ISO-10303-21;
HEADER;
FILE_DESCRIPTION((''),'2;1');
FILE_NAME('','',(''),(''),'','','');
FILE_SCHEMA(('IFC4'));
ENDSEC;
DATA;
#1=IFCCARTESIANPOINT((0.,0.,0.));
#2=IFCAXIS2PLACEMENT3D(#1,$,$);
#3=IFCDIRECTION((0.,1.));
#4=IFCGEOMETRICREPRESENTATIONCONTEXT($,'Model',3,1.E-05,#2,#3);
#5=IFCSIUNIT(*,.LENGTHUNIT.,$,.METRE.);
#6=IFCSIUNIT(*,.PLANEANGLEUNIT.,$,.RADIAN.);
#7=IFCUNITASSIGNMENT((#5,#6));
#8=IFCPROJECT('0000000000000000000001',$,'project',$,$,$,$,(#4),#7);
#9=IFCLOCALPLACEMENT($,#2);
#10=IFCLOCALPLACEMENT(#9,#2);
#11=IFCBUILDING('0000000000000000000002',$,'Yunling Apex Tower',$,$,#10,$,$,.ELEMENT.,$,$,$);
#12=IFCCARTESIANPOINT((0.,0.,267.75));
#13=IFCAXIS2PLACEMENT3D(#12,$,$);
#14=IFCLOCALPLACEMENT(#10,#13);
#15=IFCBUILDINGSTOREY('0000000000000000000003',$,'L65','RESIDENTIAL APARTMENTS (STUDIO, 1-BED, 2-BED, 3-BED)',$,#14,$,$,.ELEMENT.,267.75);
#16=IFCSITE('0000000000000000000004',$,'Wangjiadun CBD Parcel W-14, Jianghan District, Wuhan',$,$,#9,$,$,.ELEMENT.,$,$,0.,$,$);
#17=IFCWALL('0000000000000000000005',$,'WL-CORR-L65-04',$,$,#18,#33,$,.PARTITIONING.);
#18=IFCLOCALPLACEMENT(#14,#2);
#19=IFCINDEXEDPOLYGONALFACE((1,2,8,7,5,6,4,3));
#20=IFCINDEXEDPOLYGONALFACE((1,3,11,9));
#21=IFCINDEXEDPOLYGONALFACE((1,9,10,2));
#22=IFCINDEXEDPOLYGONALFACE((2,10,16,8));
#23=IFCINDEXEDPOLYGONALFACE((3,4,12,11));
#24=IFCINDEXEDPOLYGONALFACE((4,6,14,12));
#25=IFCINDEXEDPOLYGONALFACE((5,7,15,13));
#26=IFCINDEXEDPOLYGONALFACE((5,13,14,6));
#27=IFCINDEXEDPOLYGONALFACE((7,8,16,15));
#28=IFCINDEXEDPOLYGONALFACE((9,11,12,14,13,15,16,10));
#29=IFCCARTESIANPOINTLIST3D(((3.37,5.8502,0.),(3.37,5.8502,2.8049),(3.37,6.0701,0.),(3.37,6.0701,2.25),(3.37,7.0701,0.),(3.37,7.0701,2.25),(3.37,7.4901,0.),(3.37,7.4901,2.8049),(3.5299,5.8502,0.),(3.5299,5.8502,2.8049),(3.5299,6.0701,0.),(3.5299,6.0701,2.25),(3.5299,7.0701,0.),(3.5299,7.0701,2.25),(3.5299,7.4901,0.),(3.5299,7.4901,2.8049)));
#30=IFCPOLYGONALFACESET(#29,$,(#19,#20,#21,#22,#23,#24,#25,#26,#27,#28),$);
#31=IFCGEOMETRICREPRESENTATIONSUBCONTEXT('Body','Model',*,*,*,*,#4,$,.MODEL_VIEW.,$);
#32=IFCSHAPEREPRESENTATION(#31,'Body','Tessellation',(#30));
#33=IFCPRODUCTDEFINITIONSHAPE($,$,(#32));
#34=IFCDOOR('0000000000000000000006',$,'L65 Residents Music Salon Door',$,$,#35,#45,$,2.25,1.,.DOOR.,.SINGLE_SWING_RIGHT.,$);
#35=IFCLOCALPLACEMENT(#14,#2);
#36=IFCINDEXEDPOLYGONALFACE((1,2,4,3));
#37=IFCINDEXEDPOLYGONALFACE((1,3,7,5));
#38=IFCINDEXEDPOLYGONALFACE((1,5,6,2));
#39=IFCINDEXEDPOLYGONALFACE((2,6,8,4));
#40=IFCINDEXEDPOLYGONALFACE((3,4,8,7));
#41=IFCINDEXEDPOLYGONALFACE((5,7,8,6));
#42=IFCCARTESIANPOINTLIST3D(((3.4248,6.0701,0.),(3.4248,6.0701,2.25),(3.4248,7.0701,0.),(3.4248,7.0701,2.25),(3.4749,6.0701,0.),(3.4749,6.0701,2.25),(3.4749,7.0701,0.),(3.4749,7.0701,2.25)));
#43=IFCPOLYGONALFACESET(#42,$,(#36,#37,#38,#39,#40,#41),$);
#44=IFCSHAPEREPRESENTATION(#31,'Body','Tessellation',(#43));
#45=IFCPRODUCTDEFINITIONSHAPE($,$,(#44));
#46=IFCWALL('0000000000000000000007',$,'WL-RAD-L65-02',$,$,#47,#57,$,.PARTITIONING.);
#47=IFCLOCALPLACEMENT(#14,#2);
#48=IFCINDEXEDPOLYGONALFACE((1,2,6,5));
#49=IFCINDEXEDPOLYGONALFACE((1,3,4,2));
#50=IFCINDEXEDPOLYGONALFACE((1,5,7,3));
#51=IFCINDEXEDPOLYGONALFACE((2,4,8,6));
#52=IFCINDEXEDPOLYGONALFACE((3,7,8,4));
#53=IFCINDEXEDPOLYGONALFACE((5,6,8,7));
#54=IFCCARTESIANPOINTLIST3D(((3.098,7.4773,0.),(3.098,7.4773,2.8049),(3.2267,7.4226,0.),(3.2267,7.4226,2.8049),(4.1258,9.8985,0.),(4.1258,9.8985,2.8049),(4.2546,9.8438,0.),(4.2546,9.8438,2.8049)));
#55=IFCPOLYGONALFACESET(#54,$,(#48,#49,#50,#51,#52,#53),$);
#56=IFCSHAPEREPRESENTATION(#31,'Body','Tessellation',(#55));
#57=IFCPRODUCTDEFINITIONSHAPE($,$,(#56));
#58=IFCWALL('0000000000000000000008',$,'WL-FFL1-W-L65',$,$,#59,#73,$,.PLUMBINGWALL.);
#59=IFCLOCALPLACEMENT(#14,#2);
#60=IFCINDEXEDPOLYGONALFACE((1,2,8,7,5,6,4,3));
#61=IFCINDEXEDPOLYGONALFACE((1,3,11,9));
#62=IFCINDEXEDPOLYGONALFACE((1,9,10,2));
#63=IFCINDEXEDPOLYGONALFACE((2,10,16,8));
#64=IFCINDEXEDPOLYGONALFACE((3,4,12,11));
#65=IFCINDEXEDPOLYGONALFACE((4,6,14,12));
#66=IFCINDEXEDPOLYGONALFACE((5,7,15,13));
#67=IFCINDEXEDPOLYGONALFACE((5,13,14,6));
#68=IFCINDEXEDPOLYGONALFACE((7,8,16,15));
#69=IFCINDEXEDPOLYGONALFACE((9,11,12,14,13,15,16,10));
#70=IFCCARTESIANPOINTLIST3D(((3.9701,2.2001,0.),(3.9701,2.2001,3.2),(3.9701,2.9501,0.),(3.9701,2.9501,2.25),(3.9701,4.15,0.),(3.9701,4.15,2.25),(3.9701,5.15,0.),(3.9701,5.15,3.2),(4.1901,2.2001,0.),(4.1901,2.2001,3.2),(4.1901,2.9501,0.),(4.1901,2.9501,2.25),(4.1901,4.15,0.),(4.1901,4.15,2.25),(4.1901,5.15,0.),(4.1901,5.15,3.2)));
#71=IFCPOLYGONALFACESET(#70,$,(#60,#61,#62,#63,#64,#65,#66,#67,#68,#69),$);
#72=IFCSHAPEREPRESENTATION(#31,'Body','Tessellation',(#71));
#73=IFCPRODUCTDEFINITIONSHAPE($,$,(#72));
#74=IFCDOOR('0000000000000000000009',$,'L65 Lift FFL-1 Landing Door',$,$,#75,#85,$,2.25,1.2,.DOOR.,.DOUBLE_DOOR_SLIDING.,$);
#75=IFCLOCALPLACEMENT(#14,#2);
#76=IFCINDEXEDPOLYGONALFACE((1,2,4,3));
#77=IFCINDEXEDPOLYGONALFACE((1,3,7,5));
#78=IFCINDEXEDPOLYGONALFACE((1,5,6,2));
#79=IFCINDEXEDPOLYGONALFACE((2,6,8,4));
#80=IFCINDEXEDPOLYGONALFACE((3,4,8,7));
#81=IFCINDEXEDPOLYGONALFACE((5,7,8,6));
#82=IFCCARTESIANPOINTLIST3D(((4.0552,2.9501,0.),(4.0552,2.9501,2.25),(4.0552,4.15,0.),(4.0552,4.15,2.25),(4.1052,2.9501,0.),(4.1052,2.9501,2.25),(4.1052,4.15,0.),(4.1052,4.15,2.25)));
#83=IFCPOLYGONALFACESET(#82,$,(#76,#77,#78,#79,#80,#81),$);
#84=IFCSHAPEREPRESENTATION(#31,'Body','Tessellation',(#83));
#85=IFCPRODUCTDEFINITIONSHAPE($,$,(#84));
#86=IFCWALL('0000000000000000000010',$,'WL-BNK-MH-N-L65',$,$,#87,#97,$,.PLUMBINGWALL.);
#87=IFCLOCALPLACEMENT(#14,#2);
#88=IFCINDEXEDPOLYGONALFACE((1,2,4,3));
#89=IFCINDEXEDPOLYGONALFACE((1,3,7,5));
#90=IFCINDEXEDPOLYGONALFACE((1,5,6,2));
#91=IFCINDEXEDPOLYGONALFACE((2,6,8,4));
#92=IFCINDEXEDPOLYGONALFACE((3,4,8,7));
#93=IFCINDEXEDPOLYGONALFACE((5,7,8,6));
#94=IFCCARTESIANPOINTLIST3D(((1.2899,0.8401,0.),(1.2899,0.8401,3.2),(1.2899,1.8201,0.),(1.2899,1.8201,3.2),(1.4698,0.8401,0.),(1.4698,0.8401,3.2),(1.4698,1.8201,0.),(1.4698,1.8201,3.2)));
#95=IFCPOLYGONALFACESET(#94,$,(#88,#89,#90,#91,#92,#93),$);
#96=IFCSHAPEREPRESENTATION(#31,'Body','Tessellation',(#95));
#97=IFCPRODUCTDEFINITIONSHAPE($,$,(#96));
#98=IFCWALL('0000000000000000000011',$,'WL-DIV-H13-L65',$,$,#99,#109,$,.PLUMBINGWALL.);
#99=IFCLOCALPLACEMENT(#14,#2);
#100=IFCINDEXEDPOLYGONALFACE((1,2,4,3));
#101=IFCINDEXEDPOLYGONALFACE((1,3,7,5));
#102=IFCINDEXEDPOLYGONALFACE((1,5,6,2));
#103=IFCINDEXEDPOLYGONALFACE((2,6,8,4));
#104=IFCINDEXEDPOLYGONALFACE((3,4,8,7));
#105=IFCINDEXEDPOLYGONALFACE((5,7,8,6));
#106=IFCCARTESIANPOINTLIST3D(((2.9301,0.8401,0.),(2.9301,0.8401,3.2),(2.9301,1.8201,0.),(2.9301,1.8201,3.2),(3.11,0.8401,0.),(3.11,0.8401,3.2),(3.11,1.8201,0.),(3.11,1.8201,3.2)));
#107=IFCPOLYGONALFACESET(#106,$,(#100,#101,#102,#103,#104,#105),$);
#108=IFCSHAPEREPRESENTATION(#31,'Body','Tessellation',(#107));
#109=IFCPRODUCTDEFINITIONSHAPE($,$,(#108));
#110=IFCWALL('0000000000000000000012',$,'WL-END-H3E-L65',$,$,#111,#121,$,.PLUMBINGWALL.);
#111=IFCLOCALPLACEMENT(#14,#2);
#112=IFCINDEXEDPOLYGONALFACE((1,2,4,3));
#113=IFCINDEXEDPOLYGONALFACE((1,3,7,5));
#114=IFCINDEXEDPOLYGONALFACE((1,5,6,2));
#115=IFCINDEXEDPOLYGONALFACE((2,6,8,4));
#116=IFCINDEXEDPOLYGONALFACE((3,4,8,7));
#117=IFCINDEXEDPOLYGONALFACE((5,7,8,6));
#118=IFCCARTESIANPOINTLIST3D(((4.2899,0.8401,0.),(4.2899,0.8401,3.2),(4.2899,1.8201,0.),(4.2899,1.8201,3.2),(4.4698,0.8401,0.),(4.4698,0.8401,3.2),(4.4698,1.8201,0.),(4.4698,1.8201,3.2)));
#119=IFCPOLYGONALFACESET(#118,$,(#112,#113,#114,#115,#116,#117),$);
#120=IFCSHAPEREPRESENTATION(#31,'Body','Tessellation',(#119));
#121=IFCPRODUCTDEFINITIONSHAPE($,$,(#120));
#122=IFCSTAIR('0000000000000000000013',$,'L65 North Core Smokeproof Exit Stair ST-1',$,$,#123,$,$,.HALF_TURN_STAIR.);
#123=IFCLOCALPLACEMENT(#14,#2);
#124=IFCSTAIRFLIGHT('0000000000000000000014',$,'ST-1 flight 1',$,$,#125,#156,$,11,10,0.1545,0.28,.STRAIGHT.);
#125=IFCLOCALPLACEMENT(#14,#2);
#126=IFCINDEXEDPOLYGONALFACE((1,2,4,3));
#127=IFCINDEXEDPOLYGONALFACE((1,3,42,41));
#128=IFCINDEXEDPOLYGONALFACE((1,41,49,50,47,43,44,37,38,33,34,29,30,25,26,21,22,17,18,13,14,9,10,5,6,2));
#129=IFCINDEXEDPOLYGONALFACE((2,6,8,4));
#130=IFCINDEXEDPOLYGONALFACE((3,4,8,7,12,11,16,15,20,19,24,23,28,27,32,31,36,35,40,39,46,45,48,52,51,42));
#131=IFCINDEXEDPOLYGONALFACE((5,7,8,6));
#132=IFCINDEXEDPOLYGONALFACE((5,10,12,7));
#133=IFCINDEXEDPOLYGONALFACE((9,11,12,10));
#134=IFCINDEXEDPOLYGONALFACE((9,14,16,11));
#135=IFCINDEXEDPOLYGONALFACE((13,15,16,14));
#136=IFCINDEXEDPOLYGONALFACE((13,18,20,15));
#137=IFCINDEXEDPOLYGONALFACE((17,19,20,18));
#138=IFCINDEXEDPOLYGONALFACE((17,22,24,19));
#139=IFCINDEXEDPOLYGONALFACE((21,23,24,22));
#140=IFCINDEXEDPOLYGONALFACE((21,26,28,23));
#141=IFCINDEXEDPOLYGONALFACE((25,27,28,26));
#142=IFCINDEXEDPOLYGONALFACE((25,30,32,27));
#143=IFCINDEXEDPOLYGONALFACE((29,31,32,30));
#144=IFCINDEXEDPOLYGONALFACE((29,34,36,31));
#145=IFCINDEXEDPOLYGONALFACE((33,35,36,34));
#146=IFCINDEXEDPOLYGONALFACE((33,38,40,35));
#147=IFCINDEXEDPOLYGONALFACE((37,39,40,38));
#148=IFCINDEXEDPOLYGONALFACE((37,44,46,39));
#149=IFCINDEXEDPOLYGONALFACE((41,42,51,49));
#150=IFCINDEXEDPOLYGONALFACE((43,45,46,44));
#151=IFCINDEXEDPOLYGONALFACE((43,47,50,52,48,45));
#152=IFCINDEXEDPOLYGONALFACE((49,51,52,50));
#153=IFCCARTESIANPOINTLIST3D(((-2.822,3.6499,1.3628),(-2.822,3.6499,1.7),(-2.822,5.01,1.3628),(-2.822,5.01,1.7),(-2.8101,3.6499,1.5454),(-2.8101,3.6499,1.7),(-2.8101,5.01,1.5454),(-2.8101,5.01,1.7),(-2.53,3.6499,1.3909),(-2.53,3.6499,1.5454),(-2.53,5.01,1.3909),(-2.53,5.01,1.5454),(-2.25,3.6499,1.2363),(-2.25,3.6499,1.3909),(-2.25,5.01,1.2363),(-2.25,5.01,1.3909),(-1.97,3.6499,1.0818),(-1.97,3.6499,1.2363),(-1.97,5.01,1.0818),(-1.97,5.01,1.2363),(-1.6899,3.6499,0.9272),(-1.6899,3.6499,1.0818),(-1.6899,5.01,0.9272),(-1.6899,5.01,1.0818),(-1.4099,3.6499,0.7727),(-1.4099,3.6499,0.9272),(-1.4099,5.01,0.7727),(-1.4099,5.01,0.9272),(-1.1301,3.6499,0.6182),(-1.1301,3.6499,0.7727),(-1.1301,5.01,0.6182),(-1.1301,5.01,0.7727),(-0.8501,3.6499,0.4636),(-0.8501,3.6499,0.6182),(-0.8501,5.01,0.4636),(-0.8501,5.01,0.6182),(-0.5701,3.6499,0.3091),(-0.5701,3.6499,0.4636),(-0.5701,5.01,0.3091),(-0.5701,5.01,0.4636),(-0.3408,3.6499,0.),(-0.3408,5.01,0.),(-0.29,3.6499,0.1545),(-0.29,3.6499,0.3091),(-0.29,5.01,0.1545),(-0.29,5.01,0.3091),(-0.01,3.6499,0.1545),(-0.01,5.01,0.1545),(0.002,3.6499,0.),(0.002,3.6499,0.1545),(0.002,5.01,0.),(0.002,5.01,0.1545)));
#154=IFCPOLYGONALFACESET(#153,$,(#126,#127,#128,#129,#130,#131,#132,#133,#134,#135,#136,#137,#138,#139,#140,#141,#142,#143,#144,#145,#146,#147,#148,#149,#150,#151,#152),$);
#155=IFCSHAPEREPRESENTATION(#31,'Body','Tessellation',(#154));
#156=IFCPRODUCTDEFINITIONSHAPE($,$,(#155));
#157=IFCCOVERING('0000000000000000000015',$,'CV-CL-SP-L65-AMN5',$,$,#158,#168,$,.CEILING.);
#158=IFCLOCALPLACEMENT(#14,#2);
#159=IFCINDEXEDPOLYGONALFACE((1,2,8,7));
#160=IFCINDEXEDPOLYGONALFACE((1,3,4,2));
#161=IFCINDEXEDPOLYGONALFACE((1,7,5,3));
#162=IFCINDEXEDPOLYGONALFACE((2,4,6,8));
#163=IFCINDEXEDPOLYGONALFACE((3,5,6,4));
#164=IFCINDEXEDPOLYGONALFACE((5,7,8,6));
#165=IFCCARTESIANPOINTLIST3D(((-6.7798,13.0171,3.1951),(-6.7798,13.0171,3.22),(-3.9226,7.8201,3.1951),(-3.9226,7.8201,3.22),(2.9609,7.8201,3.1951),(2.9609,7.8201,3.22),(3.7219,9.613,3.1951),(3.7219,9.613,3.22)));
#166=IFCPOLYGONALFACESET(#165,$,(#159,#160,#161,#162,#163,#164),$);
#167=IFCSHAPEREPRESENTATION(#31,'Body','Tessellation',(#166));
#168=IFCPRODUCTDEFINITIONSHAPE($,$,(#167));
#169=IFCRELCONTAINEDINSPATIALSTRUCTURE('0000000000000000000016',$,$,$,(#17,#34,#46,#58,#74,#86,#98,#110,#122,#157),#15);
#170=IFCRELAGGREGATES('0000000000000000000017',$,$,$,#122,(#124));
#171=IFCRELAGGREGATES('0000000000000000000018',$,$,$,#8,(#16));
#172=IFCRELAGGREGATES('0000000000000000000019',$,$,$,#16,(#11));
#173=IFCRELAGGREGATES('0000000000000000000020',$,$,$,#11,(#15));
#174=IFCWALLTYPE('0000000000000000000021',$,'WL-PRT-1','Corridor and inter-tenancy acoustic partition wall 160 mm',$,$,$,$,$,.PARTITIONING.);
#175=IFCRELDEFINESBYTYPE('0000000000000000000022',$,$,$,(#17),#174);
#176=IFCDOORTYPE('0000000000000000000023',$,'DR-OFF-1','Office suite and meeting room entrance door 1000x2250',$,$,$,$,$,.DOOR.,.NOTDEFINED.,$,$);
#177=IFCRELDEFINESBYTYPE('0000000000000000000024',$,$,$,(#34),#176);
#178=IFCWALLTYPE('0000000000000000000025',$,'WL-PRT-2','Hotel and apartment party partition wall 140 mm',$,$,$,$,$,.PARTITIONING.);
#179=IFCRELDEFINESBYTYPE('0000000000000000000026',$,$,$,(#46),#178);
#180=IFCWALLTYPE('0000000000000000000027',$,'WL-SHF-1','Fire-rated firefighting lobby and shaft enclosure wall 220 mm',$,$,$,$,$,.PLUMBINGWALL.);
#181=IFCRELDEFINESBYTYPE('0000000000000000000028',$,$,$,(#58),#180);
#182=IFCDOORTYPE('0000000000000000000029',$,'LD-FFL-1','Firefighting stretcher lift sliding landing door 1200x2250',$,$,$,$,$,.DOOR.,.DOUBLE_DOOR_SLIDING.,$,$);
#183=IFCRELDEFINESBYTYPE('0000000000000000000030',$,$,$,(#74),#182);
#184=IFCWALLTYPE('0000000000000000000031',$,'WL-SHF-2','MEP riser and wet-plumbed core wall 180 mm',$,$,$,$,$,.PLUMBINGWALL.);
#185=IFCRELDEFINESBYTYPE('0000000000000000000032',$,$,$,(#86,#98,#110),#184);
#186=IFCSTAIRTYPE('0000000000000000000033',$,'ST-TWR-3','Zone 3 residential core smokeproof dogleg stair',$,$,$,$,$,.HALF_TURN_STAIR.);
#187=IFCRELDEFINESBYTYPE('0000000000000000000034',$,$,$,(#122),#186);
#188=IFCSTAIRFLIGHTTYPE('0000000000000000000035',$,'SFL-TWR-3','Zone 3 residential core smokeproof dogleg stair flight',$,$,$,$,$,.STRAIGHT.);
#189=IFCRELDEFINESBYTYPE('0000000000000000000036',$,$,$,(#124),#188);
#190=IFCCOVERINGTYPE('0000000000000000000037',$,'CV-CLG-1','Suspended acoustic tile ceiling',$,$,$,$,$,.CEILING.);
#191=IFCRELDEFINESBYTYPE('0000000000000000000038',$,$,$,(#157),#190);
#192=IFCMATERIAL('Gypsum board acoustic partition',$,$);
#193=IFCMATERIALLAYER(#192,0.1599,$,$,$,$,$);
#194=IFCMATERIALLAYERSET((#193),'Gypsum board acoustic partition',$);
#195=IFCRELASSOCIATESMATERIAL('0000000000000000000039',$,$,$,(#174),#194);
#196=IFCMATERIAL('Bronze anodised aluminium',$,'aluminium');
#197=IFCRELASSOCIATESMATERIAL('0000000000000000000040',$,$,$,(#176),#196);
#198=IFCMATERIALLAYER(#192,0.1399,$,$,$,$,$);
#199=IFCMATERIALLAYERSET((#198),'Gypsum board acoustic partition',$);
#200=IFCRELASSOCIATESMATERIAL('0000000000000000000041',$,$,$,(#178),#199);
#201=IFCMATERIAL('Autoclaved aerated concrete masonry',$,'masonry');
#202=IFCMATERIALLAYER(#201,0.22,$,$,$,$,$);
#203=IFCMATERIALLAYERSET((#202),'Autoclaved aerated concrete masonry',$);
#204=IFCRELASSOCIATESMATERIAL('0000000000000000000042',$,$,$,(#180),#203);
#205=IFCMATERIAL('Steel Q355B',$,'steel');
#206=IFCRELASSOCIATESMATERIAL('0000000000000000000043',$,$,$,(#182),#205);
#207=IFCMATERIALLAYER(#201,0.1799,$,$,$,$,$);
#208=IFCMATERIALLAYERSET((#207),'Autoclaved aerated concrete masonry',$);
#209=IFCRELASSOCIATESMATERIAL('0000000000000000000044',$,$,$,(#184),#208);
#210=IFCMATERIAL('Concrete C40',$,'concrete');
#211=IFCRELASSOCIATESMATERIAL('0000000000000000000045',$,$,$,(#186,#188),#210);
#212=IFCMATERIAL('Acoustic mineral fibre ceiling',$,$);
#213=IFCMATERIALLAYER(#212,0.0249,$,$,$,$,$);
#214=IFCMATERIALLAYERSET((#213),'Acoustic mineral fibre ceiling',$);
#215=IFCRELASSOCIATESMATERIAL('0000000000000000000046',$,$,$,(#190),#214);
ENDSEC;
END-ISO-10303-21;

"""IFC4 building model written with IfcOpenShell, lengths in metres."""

from ifc_helpers import new_model, si_unit, direction, frame, frame_2d, origin, place, context, subcontext, project, spatial, polyline, rectangle, outline, extrude, material, layer, layer_set, type_object, element, fill, aggregate, save


model = new_model("IFC4")

# Units and contexts
model_context = context("Model", 3, precision=1e-05, world=origin(), true_north=direction((0.0, 1.0)))
body_context = subcontext(model_context, "Body", "Model", "MODEL_VIEW")
ifc_project = project(units=[si_unit("LENGTHUNIT", "METRE"), si_unit("PLANEANGLEUNIT", "RADIAN")], contexts=[model_context])

# Site, building, storey
site_placement = place(None, origin())
site = spatial("IfcSite", under=ifc_project, at=site_placement, Name="Wangjiadun CBD Parcel W-14, Jianghan District, Wuhan", CompositionType="ELEMENT", RefElevation=0.0)
building_placement = place(site_placement, origin())
building = spatial("IfcBuilding", under=site, at=building_placement, Name="Yunling Apex Tower", CompositionType="ELEMENT")
storey_placement = place(building_placement, frame((0.0, 0.0, 267.75)))
storey = spatial("IfcBuildingStorey", under=building, at=storey_placement, Name="L65", Description="RESIDENTIAL APARTMENTS (STUDIO, 1-BED, 2-BED, 3-BED)", CompositionType="ELEMENT", Elevation=267.75)

# Shared definitions
ifc_material_1 = material(Name="Steel Q355B", Category="steel")

# Shared definitions
ifc_material_2 = material(Name="Bronze anodised aluminium", Category="aluminium")

# Shared definitions
ifc_material_3 = material(Name="Concrete C40", Category="concrete")

# Wall, opening, door
ifc_material_4 = material(Name="Gypsum board acoustic partition")
ifc_layer_1 = layer(ifc_material_4, 0.1599)
ifc_layer_set_1 = layer_set([ifc_layer_1], Name="Gypsum board acoustic partition")
wall_type_1 = type_object("IfcWallType", Name="WL-PRT-1", Description="Corridor and inter-tenancy acoustic partition wall 160 mm", PredefinedType="PARTITIONING", material=ifc_layer_set_1)
wall_1_placement = place(storey_placement, frame((3.45, 7.49, 0.0), z_axis=(0.0, 0.0, 1.0), x_axis=(0.0, -1.0, 0.0)))
wall_1 = element("IfcWall", 1, at=wall_1_placement, inside=storey, type_object=wall_type_1, Name="WL-CORR-L65-04", PredefinedType="PARTITIONING", context=body_context, shape_type="SweptSolid", body=[
    extrude(rectangle(XDim=1.6399, YDim=0.1599, at=frame_2d((0.8198, 0.0))), origin(), (0.0, 0.0, 1.0), 2.8049),
])
opening_1_placement = place(wall_1_placement, frame((0.4199, 0.0, 0.0)))
opening_1 = element("IfcOpeningElement", 2, at=opening_1_placement, cuts=wall_1, PredefinedType="OPENING", context=body_context, shape_type="SweptSolid", body=[
    extrude(rectangle(XDim=1.0, YDim=2.25, at=frame_2d((0.5, 1.125))), frame((0.0, 0.0898, 0.0), z_axis=(0.0, -1.0, 0.0), x_axis=(1.0, 0.0, 0.0)), (0.0, 0.0, 1.0), 0.1799),
])
door_type_1 = type_object("IfcDoorType", Name="DR-OFF-1", Description="Office suite and meeting room entrance door 1000x2250", OperationType="NOTDEFINED", PredefinedType="DOOR", material=ifc_material_2)
door_1_placement = place(opening_1_placement, origin())
door_1 = element("IfcDoor", 3, at=door_1_placement, inside=storey, type_object=door_type_1, Name="L65 Residents Music Salon Door", OperationType="SINGLE_SWING_RIGHT", OverallHeight=2.25, OverallWidth=1.0, PredefinedType="DOOR", context=body_context, shape_type="SweptSolid", body=[
    extrude(rectangle(XDim=1.0, YDim=2.25, at=frame_2d((0.5, 1.125))), frame((0.0, 0.0249, 0.0), z_axis=(0.0, -1.0, 0.0), x_axis=(1.0, 0.0, 0.0)), (0.0, 0.0, 1.0), 0.05),
])
fill(opening_1, door_1)

# Wall
ifc_layer_2 = layer(ifc_material_4, 0.1399)
ifc_layer_set_2 = layer_set([ifc_layer_2], Name="Gypsum board acoustic partition")
wall_type_2 = type_object("IfcWallType", Name="WL-PRT-2", Description="Hotel and apartment party partition wall 140 mm", PredefinedType="PARTITIONING", material=ifc_layer_set_2)
wall_2_placement = place(storey_placement, frame((3.1624, 7.45, 0.0), z_axis=(0.0, 0.0, 1.0), x_axis=(0.390769, 0.920489, 0.0)))
element("IfcWall", 4, at=wall_2_placement, inside=storey, type_object=wall_type_2, Name="WL-RAD-L65-02", PredefinedType="PARTITIONING", context=body_context, shape_type="SweptSolid", body=[
    extrude(rectangle(XDim=2.6304, YDim=0.1399, at=frame_2d((1.3152, 0.0))), origin(), (0.0, 0.0, 1.0), 2.8049),
])

# Wall, opening, door
ifc_material_5 = material(Name="Autoclaved aerated concrete masonry", Category="masonry")
ifc_layer_3 = layer(ifc_material_5, 0.22)
ifc_layer_set_3 = layer_set([ifc_layer_3], Name="Autoclaved aerated concrete masonry")
wall_type_3 = type_object("IfcWallType", Name="WL-SHF-1", Description="Fire-rated firefighting lobby and shaft enclosure wall 220 mm", PredefinedType="PLUMBINGWALL", material=ifc_layer_set_3)
wall_3_placement = place(storey_placement, frame((4.0801, 2.2, 0.0), z_axis=(0.0, 0.0, 1.0), x_axis=(0.0, 1.0, 0.0)))
wall_3 = element("IfcWall", 5, at=wall_3_placement, inside=storey, type_object=wall_type_3, Name="WL-FFL1-W-L65", PredefinedType="PLUMBINGWALL", context=body_context, shape_type="SweptSolid", body=[
    extrude(rectangle(XDim=2.95, YDim=0.22, at=frame_2d((1.4751, 0.0))), origin(), (0.0, 0.0, 1.0), 3.2),
])
opening_2_placement = place(wall_3_placement, frame((0.75, 0.0, 0.0)))
opening_2 = element("IfcOpeningElement", 6, at=opening_2_placement, cuts=wall_3, PredefinedType="OPENING", context=body_context, shape_type="SweptSolid", body=[
    extrude(rectangle(XDim=1.2, YDim=2.25, at=frame_2d((0.6001, 1.125))), frame((0.0, 0.1201, 0.0), z_axis=(0.0, -1.0, 0.0), x_axis=(1.0, 0.0, 0.0)), (0.0, 0.0, 1.0), 0.24),
])
door_type_2 = type_object("IfcDoorType", Name="LD-FFL-1", Description="Firefighting stretcher lift sliding landing door 1200x2250", OperationType="DOUBLE_DOOR_SLIDING", PredefinedType="DOOR", material=ifc_material_1)
door_2_placement = place(opening_2_placement, origin())
door_2 = element("IfcDoor", 7, at=door_2_placement, inside=storey, type_object=door_type_2, Name="L65 Lift FFL-1 Landing Door", OperationType="DOUBLE_DOOR_SLIDING", OverallHeight=2.25, OverallWidth=1.2, PredefinedType="DOOR", context=body_context, shape_type="SweptSolid", body=[
    extrude(rectangle(XDim=1.2, YDim=2.25, at=frame_2d((0.6001, 1.125))), frame((0.0, 0.0249, 0.0), z_axis=(0.0, -1.0, 0.0), x_axis=(1.0, 0.0, 0.0)), (0.0, 0.0, 1.0), 0.05),
])
fill(opening_2, door_2)

# Walls
ifc_layer_4 = layer(ifc_material_5, 0.1799)
ifc_layer_set_4 = layer_set([ifc_layer_4], Name="Autoclaved aerated concrete masonry")
wall_type_4 = type_object("IfcWallType", Name="WL-SHF-2", Description="MEP riser and wet-plumbed core wall 180 mm", PredefinedType="PLUMBINGWALL", material=ifc_layer_set_4)
for number, where, z_axis, x_axis, name in (
    (8, (1.3799, 0.8401, 0.0), (0.0, 0.0, 1.0), (0.0, 1.0, 0.0), "WL-BNK-MH-N-L65"),
    (9, (3.02, 0.8401, 0.0), (0.0, 0.0, 1.0), (0.0, 1.0, 0.0), "WL-DIV-H13-L65"),
    (10, (4.3799, 0.8401, 0.0), (0.0, 0.0, 1.0), (0.0, 1.0, 0.0), "WL-END-H3E-L65"),
):
    element("IfcWall", number, at=place(storey_placement, frame(where, z_axis=z_axis, x_axis=x_axis)), inside=storey, type_object=wall_type_4, Name=name, PredefinedType="PLUMBINGWALL", context=body_context, shape_type="SweptSolid", body=[
        extrude(rectangle(XDim=0.98, YDim=0.1799, at=frame_2d((0.49, 0.0))), origin(), (0.0, 0.0, 1.0), 3.2),
    ])

# Stair, stair flight
stair_type = type_object("IfcStairType", Name="ST-TWR-3", Description="Zone 3 residential core smokeproof dogleg stair", PredefinedType="HALF_TURN_STAIR", material=ifc_material_3)
stair_placement = place(storey_placement, origin())
stair = element("IfcStair", 11, at=stair_placement, inside=storey, type_object=stair_type, Name="L65 North Core Smokeproof Exit Stair ST-1", PredefinedType="HALF_TURN_STAIR")
stair_flight_type = type_object("IfcStairFlightType", Name="SFL-TWR-3", Description="Zone 3 residential core smokeproof dogleg stair flight", PredefinedType="STRAIGHT", material=ifc_material_3)
stair_flight_placement = place(storey_placement, frame((-0.01, 4.3301, 0.0), z_axis=(0.0, 0.0, 1.0), x_axis=(-1.0, 0.0, 0.0)))
stair_flight = element("IfcStairFlight", 12, at=stair_flight_placement, type_object=stair_flight_type, Name="ST-1 flight 1", NumberOfRisers=11, NumberOfTreads=10, PredefinedType="STRAIGHT", RiserHeight=0.1545, TreadLength=0.28, context=body_context, shape_type="SweptSolid", body=[
    extrude(outline(polyline([(-0.012, 0.0), (-0.012, 0.1545), (0.0, 0.1545), (0.28, 0.1545), (0.28, 0.3091), (0.5601, 0.3091), (0.5601, 0.4636), (0.8401, 0.4636), (0.8401, 0.6182), (1.1201, 0.6182), (1.1201, 0.7727), (1.3999, 0.7727), (1.3999, 0.9272), (1.6799, 0.9272), (1.6799, 1.0818), (1.96, 1.0818), (1.96, 1.2363), (2.24, 1.2363), (2.24, 1.3909), (2.52, 1.3909), (2.52, 1.5454), (2.8, 1.5454), (2.8, 1.7), (2.812, 1.7), (2.812, 1.3628), (0.3308, 0.0), (-0.012, 0.0)])), frame((0.0, 0.6802, 0.0), z_axis=(0.0, -1.0, 0.0), x_axis=(1.0, 0.0, 0.0)), (0.0, 0.0, 1.0), 1.3601),
])
aggregate(stair, [stair_flight])

# Covering
ifc_material_6 = material(Name="Acoustic mineral fibre ceiling")
ifc_layer_5 = layer(ifc_material_6, 0.0249)
ifc_layer_set_5 = layer_set([ifc_layer_5], Name="Acoustic mineral fibre ceiling")
covering_type_1 = type_object("IfcCoveringType", Name="CV-CLG-1", Description="Suspended acoustic tile ceiling", PredefinedType="CEILING", material=ifc_layer_set_5)
covering_1_placement = place(storey_placement, frame((0.0, 0.0, 3.1951)))
element("IfcCovering", 13, at=covering_1_placement, inside=storey, type_object=covering_type_1, Name="CV-CL-SP-L65-AMN5", PredefinedType="CEILING", context=body_context, shape_type="SweptSolid", body=[
    extrude(outline(polyline([(-6.7798, 13.0171), (3.7219, 9.613), (2.9609, 7.8201), (-3.9226, 7.8201), (-6.7798, 13.0171)])), origin(), (0.0, 0.0, 1.0), 0.0249),
])

save(model, "model.ifc")
